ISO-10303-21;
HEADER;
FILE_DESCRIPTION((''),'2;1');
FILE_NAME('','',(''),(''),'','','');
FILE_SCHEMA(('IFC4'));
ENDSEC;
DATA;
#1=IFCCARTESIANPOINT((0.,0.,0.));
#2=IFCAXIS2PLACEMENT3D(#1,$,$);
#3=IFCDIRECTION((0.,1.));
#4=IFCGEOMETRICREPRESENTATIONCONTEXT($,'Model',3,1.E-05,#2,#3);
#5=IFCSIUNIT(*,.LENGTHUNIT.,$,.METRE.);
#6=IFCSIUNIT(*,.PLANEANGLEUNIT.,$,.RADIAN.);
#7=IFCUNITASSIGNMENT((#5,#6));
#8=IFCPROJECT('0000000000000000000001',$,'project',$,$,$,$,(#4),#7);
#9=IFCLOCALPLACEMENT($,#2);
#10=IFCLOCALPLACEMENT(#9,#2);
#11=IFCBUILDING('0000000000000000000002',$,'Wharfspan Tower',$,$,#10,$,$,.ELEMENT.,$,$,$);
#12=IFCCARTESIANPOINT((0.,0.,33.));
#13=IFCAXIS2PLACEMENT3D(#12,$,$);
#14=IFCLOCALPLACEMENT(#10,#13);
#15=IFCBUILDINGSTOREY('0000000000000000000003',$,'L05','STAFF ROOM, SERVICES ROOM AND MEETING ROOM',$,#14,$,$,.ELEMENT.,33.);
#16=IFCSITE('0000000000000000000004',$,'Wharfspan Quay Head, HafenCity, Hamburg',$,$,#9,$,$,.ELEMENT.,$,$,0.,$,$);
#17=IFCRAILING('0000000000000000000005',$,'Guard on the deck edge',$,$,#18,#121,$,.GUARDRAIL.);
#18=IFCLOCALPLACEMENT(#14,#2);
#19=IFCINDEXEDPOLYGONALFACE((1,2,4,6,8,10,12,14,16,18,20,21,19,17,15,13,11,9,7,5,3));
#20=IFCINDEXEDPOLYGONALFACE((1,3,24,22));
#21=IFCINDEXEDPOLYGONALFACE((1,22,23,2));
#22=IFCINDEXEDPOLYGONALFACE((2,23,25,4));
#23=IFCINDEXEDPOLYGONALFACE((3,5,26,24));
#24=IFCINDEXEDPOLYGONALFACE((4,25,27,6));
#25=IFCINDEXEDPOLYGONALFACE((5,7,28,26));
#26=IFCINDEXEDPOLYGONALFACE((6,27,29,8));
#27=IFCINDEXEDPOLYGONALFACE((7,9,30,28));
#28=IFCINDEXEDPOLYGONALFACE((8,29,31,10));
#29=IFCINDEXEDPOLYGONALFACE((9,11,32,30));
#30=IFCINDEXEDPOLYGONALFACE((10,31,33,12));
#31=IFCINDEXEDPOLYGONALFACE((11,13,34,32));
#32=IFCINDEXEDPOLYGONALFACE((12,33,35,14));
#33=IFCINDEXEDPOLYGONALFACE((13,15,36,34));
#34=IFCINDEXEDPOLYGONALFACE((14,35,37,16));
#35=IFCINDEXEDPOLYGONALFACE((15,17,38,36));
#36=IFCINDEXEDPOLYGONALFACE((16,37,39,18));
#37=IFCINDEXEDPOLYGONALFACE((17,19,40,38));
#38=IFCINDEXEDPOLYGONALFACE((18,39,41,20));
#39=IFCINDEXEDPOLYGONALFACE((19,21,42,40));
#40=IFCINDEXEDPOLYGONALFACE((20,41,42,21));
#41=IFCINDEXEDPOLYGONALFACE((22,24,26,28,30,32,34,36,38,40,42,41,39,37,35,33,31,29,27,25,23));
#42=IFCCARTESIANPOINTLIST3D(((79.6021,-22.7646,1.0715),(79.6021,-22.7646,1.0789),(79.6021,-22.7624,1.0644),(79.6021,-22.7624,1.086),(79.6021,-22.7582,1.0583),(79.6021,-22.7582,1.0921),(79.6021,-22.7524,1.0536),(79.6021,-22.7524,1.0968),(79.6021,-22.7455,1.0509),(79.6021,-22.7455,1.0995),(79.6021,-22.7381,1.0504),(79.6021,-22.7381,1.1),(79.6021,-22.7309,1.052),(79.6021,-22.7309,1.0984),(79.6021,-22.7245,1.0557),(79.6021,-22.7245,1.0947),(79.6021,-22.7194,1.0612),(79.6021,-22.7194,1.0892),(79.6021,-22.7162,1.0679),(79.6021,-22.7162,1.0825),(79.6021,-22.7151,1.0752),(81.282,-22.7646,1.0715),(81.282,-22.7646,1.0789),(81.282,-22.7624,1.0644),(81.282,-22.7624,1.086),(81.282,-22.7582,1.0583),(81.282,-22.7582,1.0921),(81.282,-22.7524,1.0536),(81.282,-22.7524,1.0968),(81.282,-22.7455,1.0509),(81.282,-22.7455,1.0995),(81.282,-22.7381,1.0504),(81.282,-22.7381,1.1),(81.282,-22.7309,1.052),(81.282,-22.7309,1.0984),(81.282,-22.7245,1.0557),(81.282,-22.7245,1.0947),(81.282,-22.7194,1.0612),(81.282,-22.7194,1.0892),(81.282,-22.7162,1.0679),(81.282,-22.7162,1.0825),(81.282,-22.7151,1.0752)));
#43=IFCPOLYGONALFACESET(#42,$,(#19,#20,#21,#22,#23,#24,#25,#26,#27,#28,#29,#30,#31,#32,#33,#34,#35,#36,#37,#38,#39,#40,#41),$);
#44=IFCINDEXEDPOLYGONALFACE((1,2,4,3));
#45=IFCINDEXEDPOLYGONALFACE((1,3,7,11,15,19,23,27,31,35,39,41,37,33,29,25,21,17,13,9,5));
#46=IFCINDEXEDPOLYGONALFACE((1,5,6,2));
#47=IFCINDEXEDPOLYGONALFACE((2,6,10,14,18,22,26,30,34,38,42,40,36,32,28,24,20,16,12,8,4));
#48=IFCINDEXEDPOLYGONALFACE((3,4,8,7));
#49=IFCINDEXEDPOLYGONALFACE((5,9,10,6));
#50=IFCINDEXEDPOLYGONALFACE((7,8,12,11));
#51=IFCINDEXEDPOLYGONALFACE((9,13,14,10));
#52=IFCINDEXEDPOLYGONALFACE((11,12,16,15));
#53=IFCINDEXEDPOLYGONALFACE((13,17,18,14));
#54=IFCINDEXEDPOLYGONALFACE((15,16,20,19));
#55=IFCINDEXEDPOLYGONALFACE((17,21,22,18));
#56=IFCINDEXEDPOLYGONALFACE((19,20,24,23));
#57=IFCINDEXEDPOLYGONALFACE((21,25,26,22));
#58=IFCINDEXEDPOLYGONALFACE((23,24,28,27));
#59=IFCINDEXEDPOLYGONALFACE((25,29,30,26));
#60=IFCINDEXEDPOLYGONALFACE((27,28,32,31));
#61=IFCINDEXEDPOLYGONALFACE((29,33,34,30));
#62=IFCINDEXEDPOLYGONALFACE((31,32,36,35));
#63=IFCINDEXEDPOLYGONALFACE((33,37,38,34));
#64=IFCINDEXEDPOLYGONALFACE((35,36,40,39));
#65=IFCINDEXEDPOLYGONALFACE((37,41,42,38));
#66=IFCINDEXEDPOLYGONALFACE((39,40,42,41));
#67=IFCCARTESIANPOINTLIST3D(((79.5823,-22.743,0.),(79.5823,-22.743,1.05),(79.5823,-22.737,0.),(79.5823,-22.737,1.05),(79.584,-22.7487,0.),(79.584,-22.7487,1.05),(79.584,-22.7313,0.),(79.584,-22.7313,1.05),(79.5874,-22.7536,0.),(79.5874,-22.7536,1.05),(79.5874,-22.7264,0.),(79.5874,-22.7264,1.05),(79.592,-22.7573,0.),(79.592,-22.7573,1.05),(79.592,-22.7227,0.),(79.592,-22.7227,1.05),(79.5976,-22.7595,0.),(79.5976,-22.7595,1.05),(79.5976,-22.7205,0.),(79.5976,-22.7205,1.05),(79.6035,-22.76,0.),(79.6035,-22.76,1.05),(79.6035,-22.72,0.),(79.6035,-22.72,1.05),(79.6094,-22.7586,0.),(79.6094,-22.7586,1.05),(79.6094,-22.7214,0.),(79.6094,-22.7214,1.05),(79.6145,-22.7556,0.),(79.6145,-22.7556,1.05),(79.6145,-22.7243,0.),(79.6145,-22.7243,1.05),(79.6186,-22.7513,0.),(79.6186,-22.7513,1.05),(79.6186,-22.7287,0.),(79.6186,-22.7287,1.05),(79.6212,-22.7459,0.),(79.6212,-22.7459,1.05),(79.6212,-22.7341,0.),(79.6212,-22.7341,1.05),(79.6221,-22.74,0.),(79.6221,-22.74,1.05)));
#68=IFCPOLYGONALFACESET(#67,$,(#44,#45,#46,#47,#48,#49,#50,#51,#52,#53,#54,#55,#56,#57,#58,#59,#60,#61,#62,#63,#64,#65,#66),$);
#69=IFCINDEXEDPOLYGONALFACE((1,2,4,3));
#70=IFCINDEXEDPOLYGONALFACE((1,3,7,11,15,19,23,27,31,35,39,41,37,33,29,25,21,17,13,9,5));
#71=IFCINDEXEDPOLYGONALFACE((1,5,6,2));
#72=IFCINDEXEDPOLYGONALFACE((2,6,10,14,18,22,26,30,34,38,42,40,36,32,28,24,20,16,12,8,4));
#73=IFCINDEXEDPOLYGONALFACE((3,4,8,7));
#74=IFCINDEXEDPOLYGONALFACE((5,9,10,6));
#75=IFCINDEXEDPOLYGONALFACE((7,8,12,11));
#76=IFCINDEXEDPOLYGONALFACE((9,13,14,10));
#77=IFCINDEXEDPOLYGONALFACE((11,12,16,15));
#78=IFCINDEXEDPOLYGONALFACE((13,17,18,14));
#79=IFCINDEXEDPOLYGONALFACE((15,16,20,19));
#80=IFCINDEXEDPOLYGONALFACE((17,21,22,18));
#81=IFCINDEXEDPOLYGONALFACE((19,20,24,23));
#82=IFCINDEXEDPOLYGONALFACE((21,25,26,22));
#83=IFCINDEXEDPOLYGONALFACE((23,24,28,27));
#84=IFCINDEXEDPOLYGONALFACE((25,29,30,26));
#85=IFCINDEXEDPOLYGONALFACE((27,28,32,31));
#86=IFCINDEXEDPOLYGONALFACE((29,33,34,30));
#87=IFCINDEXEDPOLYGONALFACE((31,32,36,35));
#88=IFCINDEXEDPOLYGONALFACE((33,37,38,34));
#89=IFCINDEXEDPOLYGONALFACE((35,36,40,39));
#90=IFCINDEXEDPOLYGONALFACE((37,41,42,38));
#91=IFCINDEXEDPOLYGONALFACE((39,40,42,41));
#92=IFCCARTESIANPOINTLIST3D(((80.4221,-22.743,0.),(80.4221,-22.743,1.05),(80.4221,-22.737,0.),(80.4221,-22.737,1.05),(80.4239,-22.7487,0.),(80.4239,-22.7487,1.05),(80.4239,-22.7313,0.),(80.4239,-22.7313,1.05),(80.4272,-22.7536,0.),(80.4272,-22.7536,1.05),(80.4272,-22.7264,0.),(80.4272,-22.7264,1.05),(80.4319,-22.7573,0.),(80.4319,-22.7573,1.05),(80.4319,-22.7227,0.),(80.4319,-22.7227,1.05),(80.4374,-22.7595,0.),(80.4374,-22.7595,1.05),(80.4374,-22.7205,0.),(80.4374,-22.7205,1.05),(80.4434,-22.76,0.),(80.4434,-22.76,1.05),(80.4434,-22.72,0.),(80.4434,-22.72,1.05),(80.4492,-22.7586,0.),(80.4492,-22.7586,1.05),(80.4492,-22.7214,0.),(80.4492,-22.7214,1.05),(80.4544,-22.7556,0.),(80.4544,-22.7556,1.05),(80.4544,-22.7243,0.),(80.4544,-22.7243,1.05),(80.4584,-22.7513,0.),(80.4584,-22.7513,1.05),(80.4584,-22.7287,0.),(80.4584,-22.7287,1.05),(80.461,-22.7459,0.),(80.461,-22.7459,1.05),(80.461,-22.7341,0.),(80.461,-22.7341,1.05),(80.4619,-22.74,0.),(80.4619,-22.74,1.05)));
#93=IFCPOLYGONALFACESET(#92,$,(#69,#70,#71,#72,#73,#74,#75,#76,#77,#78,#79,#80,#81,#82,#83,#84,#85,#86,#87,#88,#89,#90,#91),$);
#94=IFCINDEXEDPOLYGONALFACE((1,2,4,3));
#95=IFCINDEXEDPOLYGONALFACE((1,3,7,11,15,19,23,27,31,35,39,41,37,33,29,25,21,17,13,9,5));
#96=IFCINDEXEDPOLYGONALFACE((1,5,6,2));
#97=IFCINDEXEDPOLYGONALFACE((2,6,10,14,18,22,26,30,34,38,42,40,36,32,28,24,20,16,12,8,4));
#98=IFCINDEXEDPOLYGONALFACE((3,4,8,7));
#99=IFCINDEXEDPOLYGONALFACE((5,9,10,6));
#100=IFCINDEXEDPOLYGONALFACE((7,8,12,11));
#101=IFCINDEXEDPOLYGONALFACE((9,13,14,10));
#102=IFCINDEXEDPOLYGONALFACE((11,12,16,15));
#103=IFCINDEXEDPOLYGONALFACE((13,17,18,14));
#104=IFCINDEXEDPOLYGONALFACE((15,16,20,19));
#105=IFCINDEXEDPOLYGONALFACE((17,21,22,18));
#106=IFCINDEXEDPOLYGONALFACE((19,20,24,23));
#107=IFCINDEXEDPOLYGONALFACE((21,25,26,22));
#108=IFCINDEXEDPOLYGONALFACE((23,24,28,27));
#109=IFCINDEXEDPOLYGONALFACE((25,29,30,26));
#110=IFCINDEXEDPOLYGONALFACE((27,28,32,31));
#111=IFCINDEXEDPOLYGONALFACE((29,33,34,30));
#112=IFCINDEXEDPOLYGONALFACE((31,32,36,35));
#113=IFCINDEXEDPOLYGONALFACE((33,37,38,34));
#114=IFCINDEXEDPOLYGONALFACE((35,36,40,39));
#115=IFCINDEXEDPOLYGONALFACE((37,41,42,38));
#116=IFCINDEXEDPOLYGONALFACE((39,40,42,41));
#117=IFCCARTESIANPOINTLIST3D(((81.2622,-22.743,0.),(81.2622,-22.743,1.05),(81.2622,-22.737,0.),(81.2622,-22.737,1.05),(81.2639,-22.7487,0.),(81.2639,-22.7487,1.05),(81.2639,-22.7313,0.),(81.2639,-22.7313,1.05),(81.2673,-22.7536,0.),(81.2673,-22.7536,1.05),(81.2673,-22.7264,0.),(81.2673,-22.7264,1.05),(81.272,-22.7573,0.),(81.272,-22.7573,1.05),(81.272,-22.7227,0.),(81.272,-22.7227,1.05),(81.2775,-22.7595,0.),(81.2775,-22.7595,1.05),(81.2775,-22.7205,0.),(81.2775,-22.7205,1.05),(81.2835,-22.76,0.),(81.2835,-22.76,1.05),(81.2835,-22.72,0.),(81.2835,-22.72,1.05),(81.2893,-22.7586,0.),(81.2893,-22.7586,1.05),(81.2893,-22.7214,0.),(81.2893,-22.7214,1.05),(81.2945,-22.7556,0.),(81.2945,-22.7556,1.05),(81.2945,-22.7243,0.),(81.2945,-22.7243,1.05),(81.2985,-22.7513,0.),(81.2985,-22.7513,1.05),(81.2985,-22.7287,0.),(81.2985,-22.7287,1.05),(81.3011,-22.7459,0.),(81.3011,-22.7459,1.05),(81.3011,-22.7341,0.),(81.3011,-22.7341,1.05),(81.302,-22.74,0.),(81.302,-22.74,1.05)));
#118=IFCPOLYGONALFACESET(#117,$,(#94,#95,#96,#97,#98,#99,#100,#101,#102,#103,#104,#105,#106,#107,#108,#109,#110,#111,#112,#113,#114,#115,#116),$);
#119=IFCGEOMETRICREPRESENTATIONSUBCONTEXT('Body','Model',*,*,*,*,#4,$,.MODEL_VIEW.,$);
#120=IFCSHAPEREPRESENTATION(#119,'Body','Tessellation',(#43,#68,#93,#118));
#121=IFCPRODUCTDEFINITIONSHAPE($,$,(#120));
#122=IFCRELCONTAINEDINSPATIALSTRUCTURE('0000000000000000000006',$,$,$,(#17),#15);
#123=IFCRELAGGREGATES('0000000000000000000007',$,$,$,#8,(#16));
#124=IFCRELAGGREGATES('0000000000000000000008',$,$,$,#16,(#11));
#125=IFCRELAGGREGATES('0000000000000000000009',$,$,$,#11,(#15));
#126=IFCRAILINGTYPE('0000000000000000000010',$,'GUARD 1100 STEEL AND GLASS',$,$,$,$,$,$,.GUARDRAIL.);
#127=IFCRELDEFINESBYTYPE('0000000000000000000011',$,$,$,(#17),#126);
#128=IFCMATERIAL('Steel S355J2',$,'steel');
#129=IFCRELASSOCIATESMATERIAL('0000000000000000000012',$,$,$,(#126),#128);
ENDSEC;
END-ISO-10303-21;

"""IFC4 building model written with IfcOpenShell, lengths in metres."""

from ifc_helpers import new_model, si_unit, direction, frame, origin, origin_2d, place, context, subcontext, project, spatial, circle, extrude, material, type_object, element, save


model = new_model("IFC4")

# Units and contexts
model_context = context("Model", 3, precision=1e-05, world=origin(), true_north=direction((0.0, 1.0)))
body_context = subcontext(model_context, "Body", "Model", "MODEL_VIEW")
ifc_project = project(units=[si_unit("LENGTHUNIT", "METRE"), si_unit("PLANEANGLEUNIT", "RADIAN")], contexts=[model_context])

# Site, building, storey
site_placement = place(None, origin())
site = spatial("IfcSite", under=ifc_project, at=site_placement, Name="Wharfspan Quay Head, HafenCity, Hamburg", CompositionType="ELEMENT", RefElevation=0.0)
building_placement = place(site_placement, origin())
building = spatial("IfcBuilding", under=site, at=building_placement, Name="Wharfspan Tower", CompositionType="ELEMENT")
storey_placement = place(building_placement, frame((0.0, 0.0, 33.0)))
storey = spatial("IfcBuildingStorey", under=building, at=storey_placement, Name="L05", Description="STAFF ROOM, SERVICES ROOM AND MEETING ROOM", CompositionType="ELEMENT", Elevation=33.0)

# Railing
ifc_material_1 = material(Name="Steel S355J2", Category="steel")
railing_type = type_object("IfcRailingType", Name="GUARD 1100 STEEL AND GLASS", PredefinedType="GUARDRAIL", material=ifc_material_1)
railing_1_placement = place(storey_placement, frame((79.6021, -22.74, 0.0)))
element("IfcRailing", 1, at=railing_1_placement, inside=storey, type_object=railing_type, Name="Guard on the deck edge", PredefinedType="GUARDRAIL", context=body_context, shape_type="SweptSolid", body=[
    extrude(circle(Radius=0.0249, at=origin_2d()), frame((0.0, 0.0, 1.0752), z_axis=(1.0, 0.0, 0.0), x_axis=(0.0, 1.0, 0.0)), (0.0, 0.0, 1.0), 1.6799),
    extrude(circle(Radius=0.02, at=origin_2d()), origin(), (0.0, 0.0, 1.0), 1.05),
    extrude(circle(Radius=0.02, at=origin_2d()), frame((0.8398, 0.0, 0.0)), (0.0, 0.0, 1.0), 1.05),
    extrude(circle(Radius=0.02, at=origin_2d()), frame((1.6799, 0.0, 0.0)), (0.0, 0.0, 1.0), 1.05),
])

save(model, "model.ifc")
